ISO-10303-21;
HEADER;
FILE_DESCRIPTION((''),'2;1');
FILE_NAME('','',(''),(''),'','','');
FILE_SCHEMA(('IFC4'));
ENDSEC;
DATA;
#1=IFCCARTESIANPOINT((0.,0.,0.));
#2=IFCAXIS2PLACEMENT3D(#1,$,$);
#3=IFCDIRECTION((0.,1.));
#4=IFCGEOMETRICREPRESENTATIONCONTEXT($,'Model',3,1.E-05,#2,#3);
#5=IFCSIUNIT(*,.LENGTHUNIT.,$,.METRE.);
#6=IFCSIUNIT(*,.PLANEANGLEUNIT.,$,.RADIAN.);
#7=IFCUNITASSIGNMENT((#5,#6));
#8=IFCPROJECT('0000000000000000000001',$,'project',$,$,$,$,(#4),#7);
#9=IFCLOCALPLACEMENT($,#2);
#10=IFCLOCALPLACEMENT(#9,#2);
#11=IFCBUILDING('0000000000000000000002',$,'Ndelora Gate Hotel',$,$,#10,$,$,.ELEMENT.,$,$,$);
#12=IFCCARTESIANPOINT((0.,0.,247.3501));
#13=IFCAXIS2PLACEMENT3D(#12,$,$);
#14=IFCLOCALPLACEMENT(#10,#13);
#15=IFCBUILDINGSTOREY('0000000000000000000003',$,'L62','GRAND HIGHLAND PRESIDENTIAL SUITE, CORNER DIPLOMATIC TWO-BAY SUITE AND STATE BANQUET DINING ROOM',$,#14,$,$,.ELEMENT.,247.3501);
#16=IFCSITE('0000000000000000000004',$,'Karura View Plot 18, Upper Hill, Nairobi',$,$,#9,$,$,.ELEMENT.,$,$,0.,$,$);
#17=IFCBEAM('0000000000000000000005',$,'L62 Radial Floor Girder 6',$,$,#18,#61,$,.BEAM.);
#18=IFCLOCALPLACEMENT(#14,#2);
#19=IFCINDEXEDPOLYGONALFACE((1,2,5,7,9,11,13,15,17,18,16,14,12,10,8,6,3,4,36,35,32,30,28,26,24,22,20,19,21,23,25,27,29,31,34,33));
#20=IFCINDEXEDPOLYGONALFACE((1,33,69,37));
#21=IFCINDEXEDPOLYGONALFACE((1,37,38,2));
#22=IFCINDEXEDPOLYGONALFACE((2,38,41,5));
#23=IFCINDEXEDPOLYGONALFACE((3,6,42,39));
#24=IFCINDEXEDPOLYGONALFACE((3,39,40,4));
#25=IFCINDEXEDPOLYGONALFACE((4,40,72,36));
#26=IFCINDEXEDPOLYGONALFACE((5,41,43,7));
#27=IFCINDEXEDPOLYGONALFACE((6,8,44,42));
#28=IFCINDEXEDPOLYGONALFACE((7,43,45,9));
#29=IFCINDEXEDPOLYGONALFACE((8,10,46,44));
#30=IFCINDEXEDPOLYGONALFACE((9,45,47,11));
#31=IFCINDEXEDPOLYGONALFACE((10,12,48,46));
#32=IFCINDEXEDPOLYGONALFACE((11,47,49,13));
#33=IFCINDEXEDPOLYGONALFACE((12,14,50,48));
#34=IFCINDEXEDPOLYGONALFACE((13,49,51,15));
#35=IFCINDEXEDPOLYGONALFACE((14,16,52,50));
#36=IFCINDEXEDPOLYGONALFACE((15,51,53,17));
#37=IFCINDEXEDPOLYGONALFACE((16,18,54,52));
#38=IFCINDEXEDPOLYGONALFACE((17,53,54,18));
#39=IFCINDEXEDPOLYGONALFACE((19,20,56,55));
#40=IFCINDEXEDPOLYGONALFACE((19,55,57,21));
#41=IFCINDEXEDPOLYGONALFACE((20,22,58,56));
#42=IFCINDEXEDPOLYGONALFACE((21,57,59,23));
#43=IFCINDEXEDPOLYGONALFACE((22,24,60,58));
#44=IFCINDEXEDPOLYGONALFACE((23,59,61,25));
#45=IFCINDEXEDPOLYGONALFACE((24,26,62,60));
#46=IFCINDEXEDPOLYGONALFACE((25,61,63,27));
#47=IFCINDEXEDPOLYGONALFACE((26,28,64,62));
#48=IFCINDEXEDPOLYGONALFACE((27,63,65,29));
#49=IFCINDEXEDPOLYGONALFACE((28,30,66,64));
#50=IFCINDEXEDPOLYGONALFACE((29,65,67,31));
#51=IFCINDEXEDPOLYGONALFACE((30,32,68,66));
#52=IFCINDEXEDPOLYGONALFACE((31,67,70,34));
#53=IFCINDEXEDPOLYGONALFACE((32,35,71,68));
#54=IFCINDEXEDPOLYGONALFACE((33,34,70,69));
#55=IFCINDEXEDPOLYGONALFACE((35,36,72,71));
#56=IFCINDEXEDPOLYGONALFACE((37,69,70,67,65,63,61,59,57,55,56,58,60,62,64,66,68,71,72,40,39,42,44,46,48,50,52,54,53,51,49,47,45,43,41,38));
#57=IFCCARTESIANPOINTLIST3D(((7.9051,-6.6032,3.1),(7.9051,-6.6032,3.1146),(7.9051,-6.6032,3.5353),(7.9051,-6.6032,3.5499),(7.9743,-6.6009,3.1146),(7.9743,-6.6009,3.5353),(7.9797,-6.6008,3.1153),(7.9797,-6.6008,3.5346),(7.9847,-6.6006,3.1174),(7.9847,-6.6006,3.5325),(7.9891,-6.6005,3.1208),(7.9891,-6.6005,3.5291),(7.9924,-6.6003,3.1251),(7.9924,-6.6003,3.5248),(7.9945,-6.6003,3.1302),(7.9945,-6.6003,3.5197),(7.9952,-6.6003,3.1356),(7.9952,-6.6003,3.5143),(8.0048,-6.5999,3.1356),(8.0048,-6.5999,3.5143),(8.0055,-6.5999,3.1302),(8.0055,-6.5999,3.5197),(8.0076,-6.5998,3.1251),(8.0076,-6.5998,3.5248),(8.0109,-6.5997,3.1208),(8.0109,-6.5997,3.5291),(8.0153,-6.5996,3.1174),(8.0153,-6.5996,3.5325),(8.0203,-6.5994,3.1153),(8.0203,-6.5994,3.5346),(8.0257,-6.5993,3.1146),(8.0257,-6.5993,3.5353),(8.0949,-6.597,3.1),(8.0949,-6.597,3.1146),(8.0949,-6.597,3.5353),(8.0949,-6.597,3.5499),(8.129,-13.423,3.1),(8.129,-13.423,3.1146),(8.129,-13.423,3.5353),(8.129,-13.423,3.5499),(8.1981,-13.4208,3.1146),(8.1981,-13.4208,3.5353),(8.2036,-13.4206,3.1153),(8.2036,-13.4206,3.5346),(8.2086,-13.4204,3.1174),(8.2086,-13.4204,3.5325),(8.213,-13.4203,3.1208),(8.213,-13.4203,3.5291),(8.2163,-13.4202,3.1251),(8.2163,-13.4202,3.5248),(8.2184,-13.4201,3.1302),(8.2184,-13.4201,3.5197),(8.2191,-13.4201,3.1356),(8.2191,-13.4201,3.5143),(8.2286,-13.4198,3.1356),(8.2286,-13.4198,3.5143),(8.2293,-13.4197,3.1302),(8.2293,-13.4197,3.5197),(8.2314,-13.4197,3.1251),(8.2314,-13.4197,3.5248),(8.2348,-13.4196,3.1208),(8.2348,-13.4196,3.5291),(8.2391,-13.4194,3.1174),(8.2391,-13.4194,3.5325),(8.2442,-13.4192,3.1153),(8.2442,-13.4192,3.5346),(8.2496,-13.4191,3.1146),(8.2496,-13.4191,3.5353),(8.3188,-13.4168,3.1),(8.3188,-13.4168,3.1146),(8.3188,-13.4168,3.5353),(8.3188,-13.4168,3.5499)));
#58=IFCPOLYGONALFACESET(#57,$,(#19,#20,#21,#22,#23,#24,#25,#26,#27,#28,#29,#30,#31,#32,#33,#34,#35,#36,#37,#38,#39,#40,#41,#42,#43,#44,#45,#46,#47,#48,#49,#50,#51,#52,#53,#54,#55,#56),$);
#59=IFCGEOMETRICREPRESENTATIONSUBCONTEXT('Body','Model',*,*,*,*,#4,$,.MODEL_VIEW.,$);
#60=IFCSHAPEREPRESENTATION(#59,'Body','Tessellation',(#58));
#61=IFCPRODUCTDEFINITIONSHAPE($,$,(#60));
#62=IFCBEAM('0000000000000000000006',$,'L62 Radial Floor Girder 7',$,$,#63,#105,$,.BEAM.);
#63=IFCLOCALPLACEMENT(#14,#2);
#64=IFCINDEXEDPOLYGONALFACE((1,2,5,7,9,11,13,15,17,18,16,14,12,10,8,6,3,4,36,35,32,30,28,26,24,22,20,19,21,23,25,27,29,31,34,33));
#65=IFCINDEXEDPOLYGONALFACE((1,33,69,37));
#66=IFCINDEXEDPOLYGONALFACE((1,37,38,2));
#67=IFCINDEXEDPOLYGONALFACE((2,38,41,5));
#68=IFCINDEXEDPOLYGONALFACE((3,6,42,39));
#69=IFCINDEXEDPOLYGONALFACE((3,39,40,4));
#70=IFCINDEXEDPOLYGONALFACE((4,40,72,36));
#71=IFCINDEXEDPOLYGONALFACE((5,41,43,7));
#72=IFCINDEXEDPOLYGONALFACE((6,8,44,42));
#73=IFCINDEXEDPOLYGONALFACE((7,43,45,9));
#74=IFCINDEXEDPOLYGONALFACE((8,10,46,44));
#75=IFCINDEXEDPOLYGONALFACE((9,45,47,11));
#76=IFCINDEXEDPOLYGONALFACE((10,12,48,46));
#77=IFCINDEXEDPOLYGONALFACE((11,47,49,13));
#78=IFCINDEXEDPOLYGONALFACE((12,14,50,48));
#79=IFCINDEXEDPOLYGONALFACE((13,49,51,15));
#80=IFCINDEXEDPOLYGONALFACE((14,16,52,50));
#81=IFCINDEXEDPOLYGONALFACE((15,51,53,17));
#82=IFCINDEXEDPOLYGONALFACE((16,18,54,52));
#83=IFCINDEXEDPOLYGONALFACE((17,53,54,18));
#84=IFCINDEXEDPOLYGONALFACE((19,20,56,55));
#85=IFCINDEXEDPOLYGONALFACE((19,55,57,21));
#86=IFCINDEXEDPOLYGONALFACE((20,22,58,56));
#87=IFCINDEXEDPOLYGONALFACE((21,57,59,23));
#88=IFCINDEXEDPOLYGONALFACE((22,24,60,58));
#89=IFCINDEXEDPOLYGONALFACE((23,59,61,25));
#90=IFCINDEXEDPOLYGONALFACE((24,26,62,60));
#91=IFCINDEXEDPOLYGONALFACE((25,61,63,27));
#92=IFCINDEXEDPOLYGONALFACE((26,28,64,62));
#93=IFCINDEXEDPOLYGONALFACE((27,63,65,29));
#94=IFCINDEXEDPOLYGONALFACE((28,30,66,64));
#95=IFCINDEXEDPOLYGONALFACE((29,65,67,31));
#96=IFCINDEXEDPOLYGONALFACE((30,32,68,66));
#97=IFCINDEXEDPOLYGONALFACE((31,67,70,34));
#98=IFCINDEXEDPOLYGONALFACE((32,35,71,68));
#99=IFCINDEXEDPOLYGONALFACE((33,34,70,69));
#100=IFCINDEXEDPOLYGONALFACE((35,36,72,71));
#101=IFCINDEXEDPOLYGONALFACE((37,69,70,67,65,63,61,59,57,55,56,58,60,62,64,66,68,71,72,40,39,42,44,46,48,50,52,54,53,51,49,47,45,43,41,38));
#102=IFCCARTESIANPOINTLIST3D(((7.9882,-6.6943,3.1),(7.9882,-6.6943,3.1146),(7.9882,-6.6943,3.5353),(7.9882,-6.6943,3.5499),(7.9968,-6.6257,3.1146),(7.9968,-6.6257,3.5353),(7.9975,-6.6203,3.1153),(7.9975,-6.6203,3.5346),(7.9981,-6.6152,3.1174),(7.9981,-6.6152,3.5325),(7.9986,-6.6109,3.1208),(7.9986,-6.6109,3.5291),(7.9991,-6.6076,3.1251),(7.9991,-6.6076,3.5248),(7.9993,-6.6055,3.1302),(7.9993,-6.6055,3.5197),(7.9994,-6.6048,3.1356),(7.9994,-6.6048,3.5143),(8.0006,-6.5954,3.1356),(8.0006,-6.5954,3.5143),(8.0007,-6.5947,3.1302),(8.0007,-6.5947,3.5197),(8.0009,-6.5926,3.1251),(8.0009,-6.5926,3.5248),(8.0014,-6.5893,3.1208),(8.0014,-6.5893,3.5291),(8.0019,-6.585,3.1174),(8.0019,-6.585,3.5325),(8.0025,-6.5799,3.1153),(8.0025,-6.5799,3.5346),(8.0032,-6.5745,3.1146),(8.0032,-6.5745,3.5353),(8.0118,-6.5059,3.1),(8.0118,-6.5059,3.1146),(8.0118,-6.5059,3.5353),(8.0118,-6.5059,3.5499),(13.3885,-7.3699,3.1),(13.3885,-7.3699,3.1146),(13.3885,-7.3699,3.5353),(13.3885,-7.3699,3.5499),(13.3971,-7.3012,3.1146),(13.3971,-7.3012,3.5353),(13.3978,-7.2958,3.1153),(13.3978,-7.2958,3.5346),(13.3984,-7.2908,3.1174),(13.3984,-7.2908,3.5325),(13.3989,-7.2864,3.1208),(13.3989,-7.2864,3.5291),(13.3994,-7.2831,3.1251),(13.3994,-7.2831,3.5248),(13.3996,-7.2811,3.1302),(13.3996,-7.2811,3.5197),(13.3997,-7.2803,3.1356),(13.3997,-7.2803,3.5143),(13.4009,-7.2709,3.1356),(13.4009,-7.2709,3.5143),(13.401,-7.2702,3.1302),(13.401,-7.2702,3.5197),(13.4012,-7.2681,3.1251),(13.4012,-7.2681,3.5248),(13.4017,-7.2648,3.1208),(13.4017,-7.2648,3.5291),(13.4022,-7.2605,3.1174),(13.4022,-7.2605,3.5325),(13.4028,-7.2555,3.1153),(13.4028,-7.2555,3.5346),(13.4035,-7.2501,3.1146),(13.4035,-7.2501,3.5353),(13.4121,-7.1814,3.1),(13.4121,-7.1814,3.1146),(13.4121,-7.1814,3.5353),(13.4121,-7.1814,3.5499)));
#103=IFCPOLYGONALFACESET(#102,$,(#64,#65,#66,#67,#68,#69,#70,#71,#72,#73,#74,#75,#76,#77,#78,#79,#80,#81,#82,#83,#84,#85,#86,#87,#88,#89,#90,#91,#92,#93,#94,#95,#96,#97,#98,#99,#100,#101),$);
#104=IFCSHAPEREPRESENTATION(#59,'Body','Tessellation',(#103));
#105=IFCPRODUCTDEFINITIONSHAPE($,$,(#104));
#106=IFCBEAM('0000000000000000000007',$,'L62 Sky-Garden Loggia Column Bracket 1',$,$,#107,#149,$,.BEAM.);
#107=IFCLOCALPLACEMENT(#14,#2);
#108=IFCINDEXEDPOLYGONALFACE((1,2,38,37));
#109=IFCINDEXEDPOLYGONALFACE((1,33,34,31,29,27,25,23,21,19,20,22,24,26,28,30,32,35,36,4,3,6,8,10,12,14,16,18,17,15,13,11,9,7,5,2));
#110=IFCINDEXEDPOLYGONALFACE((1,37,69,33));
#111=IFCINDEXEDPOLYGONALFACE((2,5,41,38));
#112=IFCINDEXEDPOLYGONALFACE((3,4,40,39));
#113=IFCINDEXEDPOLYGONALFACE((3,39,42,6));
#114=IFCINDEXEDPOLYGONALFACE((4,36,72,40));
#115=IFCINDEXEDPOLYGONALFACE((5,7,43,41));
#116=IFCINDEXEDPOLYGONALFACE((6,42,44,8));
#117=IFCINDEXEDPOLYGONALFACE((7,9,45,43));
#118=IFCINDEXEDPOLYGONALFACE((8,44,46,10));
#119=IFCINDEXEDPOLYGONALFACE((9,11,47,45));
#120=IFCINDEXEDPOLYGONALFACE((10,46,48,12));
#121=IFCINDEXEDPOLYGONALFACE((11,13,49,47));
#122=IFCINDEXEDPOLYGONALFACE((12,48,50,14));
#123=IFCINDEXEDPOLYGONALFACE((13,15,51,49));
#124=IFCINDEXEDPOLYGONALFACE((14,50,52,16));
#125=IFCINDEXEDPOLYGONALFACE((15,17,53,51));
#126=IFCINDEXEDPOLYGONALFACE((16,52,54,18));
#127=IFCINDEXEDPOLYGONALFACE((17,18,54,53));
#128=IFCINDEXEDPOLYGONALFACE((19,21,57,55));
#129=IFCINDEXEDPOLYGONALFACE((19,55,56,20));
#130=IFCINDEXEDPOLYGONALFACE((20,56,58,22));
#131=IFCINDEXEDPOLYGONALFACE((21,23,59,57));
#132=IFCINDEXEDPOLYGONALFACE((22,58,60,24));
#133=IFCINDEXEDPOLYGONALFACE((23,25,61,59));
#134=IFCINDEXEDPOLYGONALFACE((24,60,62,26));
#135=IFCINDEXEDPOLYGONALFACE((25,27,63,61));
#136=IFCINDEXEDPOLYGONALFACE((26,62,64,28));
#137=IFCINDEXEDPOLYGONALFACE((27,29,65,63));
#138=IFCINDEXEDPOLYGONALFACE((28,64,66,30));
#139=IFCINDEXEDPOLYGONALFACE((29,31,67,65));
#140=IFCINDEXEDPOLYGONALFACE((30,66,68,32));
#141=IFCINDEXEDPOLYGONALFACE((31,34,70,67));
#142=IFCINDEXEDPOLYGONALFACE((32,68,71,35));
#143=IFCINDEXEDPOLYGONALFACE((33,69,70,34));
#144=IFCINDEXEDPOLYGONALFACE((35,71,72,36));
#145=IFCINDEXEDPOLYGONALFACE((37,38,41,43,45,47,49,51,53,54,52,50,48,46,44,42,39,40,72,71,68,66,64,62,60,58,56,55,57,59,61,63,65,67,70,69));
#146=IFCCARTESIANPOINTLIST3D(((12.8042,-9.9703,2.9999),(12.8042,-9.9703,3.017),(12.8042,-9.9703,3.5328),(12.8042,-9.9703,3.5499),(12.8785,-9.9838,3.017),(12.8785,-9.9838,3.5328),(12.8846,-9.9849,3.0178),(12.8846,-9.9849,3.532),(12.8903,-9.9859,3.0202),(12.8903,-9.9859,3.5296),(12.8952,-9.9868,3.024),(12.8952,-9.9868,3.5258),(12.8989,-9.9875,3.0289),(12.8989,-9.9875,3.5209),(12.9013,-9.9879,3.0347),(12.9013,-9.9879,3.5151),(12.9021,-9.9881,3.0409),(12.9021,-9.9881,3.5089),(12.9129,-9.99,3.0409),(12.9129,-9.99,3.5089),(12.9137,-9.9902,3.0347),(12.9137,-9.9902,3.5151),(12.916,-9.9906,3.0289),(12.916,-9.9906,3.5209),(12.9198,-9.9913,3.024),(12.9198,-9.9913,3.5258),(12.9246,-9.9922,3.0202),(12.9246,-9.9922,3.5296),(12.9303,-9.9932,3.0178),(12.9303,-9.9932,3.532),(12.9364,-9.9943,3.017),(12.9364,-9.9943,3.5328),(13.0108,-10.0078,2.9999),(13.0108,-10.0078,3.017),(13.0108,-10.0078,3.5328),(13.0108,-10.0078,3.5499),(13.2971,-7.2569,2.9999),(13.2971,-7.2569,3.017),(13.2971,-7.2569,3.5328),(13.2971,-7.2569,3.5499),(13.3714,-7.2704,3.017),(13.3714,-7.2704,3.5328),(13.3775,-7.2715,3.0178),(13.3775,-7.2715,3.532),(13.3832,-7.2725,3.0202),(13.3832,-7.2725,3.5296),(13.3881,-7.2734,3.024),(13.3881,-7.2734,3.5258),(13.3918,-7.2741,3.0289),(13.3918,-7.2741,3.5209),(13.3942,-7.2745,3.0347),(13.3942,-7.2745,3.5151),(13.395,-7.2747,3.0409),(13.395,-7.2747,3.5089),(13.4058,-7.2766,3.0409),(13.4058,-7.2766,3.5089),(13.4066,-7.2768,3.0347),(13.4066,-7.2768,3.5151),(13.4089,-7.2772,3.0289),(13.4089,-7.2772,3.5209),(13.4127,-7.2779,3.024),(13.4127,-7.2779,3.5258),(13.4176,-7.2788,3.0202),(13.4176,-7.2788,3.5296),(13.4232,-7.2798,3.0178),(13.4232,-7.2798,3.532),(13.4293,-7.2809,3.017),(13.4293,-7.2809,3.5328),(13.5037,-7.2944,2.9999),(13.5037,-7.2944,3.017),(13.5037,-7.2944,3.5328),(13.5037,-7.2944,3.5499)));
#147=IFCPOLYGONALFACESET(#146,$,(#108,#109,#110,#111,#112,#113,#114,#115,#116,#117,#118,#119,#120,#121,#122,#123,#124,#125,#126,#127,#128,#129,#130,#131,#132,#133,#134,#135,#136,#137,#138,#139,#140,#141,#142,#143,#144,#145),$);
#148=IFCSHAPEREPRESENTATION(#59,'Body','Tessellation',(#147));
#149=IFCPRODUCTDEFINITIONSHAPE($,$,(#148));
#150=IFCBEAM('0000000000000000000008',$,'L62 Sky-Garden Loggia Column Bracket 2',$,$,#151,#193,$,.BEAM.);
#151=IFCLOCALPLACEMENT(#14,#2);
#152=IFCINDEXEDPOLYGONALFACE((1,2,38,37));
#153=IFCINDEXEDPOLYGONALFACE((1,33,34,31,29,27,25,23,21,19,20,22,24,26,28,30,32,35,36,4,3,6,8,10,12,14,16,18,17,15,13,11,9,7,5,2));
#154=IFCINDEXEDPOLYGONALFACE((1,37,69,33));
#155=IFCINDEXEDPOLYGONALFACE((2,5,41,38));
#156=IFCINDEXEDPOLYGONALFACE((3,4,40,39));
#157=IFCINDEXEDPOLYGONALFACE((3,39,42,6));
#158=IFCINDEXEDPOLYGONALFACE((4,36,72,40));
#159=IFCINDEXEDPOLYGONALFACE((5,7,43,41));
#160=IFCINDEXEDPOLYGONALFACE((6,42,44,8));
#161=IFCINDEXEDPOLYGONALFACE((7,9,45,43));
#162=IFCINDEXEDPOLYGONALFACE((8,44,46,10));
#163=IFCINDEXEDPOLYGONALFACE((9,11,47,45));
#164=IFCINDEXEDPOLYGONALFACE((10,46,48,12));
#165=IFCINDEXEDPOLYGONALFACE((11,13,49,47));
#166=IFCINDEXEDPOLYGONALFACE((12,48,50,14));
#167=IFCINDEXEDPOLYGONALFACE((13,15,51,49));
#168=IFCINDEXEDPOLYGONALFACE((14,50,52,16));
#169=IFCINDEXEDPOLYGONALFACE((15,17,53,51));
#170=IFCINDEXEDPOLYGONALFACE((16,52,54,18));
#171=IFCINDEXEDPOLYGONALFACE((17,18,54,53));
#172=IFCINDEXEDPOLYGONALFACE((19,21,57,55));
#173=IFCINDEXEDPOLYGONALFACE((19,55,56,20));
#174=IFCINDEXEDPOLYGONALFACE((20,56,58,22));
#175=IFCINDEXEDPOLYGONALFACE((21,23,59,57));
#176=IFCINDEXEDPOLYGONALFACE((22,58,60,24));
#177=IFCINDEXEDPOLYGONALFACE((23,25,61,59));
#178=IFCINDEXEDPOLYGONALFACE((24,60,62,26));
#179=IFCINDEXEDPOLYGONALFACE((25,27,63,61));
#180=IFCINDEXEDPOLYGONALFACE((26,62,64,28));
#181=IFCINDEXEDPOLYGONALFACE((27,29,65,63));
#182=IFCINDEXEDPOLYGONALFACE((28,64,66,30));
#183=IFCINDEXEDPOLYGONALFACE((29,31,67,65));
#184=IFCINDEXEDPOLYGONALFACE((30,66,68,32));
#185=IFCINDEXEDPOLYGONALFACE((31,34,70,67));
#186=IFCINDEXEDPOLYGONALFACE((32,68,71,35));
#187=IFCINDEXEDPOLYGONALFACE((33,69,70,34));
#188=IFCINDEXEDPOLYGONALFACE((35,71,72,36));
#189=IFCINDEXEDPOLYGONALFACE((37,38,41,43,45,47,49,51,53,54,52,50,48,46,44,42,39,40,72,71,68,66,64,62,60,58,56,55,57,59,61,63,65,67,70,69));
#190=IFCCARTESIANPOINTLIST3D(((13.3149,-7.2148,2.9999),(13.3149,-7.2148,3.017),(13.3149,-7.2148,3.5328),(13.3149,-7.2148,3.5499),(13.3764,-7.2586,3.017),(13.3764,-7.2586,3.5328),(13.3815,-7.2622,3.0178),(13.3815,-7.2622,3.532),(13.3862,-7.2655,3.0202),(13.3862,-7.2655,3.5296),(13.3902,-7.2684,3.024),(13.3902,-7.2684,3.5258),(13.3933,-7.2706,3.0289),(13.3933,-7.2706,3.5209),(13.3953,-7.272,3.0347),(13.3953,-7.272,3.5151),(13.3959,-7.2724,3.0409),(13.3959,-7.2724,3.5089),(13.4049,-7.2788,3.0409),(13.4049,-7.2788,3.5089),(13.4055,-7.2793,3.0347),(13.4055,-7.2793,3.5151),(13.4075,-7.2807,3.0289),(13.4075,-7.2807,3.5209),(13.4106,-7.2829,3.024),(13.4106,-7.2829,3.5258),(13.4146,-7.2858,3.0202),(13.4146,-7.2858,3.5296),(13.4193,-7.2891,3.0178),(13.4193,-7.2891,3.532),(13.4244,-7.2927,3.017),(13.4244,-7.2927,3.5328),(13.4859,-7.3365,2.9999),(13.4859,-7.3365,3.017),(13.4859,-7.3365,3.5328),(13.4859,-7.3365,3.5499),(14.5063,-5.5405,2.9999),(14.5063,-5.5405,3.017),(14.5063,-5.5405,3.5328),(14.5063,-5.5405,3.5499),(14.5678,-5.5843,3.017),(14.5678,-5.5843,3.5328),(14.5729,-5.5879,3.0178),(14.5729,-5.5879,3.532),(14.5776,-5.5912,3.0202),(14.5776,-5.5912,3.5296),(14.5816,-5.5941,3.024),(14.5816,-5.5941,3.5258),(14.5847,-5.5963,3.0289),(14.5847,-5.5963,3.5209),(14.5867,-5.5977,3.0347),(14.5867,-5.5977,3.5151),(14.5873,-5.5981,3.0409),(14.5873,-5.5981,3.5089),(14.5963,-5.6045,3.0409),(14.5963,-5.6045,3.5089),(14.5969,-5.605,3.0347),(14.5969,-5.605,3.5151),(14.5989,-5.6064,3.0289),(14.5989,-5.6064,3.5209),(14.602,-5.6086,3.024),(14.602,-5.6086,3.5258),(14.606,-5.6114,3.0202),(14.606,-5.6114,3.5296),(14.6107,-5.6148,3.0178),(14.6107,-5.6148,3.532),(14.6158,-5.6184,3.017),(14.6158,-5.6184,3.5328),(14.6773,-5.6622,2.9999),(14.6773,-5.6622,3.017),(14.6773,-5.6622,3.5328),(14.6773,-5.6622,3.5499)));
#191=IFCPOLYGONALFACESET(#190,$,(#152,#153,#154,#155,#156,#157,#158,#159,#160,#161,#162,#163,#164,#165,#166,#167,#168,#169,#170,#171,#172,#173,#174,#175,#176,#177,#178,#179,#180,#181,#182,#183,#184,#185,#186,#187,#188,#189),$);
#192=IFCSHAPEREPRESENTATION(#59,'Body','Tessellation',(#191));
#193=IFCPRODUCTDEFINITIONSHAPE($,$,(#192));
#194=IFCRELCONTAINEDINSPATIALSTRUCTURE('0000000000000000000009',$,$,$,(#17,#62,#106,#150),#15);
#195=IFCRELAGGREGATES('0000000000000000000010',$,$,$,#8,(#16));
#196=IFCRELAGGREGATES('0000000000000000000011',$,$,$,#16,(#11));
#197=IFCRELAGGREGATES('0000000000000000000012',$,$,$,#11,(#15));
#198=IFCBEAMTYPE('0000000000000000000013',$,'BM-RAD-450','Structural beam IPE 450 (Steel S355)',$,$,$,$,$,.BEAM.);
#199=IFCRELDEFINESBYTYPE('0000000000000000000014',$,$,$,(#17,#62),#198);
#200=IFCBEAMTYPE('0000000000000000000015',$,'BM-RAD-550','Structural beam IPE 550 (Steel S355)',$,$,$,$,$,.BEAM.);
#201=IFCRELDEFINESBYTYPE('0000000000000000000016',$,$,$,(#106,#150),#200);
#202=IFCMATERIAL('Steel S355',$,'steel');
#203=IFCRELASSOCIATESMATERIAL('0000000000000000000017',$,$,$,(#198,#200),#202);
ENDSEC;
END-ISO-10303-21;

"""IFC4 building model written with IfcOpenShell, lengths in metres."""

from ifc_helpers import new_model, si_unit, direction, frame, origin, origin_2d, place, context, subcontext, project, spatial, i_section, extrude, material, material_profile, profile_set, type_object, element, save


model = new_model("IFC4")

# Units and contexts
model_context = context("Model", 3, precision=1e-05, world=origin(), true_north=direction((0.0, 1.0)))
body_context = subcontext(model_context, "Body", "Model", "MODEL_VIEW")
ifc_project = project(units=[si_unit("LENGTHUNIT", "METRE"), si_unit("PLANEANGLEUNIT", "RADIAN")], contexts=[model_context])

# Site, building, storey
site_placement = place(None, origin())
site = spatial("IfcSite", under=ifc_project, at=site_placement, Name="Karura View Plot 18, Upper Hill, Nairobi", CompositionType="ELEMENT", RefElevation=0.0)
building_placement = place(site_placement, origin())
building = spatial("IfcBuilding", under=site, at=building_placement, Name="Ndelora Gate Hotel", CompositionType="ELEMENT")
storey_placement = place(building_placement, frame((0.0, 0.0, 247.3501)))
storey = spatial("IfcBuildingStorey", under=building, at=storey_placement, Name="L62", Description="GRAND HIGHLAND PRESIDENTIAL SUITE, CORNER DIPLOMATIC TWO-BAY SUITE AND STATE BANQUET DINING ROOM", CompositionType="ELEMENT", Elevation=247.3501)

# Beams
ifc_material_1 = material(Name="Steel S355", Category="steel")
ifc_material_profile_1 = material_profile(ifc_material_1, i_section(OverallWidth=0.1899, OverallDepth=0.45, WebThickness=0.0095, FlangeThickness=0.0146, FilletRadius=0.021, at=origin_2d()), Name="IPE 450")
ifc_profile_set_1 = profile_set([ifc_material_profile_1], Name="Steel S355")
beam_type_1 = type_object("IfcBeamType", Name="BM-RAD-450", Description="Structural beam IPE 450 (Steel S355)", PredefinedType="BEAM", material=ifc_profile_set_1)
beam_1_placement = place(storey_placement, frame((8.0, -6.6001, 3.325), z_axis=(0.03281, -0.999462, 0.0), x_axis=(0.999462, 0.03281, 0.0)))
element("IfcBeam", 1, at=beam_1_placement, inside=storey, type_object=beam_type_1, Name="L62 Radial Floor Girder 6", PredefinedType="BEAM", context=body_context, shape_type="SweptSolid", body=[
    extrude(i_section(OverallWidth=0.1899, OverallDepth=0.45, WebThickness=0.0095, FlangeThickness=0.0146, FilletRadius=0.021, at=origin_2d()), origin(), (0.0, 0.0, 1.0), 6.8235),
])
beam_2_placement = place(storey_placement, frame((8.0, -6.6001, 3.325), z_axis=(0.992267, -0.124123, 0.0), x_axis=(0.124123, 0.992267, 0.0)))
element("IfcBeam", 2, at=beam_2_placement, inside=storey, type_object=beam_type_1, Name="L62 Radial Floor Girder 7", PredefinedType="BEAM", context=body_context, shape_type="SweptSolid", body=[
    extrude(i_section(OverallWidth=0.1899, OverallDepth=0.45, WebThickness=0.0095, FlangeThickness=0.0146, FilletRadius=0.021, at=origin_2d()), origin(), (0.0, 0.0, 1.0), 5.4424),
])
ifc_material_profile_2 = material_profile(ifc_material_1, i_section(OverallWidth=0.21, OverallDepth=0.55, WebThickness=0.011, FlangeThickness=0.0171, FilletRadius=0.0239, at=origin_2d()), Name="IPE 550")
ifc_profile_set_2 = profile_set([ifc_material_profile_2], Name="Steel S355")
beam_type_2 = type_object("IfcBeamType", Name="BM-RAD-550", Description="Structural beam IPE 550 (Steel S355)", PredefinedType="BEAM", material=ifc_profile_set_2)
beam_3_placement = place(storey_placement, frame((13.4004, -7.2756, 3.2749), z_axis=(-0.178737, -0.983897, 0.0), x_axis=(0.983897, -0.178737, 0.0)))
element("IfcBeam", 3, at=beam_3_placement, inside=storey, type_object=beam_type_2, Name="L62 Sky-Garden Loggia Column Bracket 1", PredefinedType="BEAM", context=body_context, shape_type="SweptSolid", body=[
    extrude(i_section(OverallWidth=0.21, OverallDepth=0.55, WebThickness=0.011, FlangeThickness=0.0171, FilletRadius=0.0239, at=origin_2d()), origin(), (0.0, 0.0, 1.0), 2.7578),
])
beam_4_placement = place(storey_placement, frame((13.4004, -7.2756, 3.2749), z_axis=(0.579776, 0.814776, 0.0), x_axis=(-0.814776, 0.579776, 0.0)))
element("IfcBeam", 4, at=beam_4_placement, inside=storey, type_object=beam_type_2, Name="L62 Sky-Garden Loggia Column Bracket 2", PredefinedType="BEAM", context=body_context, shape_type="SweptSolid", body=[
    extrude(i_section(OverallWidth=0.21, OverallDepth=0.55, WebThickness=0.011, FlangeThickness=0.0171, FilletRadius=0.0239, at=origin_2d()), origin(), (0.0, 0.0, 1.0), 2.0549),
])

save(model, "model.ifc")
